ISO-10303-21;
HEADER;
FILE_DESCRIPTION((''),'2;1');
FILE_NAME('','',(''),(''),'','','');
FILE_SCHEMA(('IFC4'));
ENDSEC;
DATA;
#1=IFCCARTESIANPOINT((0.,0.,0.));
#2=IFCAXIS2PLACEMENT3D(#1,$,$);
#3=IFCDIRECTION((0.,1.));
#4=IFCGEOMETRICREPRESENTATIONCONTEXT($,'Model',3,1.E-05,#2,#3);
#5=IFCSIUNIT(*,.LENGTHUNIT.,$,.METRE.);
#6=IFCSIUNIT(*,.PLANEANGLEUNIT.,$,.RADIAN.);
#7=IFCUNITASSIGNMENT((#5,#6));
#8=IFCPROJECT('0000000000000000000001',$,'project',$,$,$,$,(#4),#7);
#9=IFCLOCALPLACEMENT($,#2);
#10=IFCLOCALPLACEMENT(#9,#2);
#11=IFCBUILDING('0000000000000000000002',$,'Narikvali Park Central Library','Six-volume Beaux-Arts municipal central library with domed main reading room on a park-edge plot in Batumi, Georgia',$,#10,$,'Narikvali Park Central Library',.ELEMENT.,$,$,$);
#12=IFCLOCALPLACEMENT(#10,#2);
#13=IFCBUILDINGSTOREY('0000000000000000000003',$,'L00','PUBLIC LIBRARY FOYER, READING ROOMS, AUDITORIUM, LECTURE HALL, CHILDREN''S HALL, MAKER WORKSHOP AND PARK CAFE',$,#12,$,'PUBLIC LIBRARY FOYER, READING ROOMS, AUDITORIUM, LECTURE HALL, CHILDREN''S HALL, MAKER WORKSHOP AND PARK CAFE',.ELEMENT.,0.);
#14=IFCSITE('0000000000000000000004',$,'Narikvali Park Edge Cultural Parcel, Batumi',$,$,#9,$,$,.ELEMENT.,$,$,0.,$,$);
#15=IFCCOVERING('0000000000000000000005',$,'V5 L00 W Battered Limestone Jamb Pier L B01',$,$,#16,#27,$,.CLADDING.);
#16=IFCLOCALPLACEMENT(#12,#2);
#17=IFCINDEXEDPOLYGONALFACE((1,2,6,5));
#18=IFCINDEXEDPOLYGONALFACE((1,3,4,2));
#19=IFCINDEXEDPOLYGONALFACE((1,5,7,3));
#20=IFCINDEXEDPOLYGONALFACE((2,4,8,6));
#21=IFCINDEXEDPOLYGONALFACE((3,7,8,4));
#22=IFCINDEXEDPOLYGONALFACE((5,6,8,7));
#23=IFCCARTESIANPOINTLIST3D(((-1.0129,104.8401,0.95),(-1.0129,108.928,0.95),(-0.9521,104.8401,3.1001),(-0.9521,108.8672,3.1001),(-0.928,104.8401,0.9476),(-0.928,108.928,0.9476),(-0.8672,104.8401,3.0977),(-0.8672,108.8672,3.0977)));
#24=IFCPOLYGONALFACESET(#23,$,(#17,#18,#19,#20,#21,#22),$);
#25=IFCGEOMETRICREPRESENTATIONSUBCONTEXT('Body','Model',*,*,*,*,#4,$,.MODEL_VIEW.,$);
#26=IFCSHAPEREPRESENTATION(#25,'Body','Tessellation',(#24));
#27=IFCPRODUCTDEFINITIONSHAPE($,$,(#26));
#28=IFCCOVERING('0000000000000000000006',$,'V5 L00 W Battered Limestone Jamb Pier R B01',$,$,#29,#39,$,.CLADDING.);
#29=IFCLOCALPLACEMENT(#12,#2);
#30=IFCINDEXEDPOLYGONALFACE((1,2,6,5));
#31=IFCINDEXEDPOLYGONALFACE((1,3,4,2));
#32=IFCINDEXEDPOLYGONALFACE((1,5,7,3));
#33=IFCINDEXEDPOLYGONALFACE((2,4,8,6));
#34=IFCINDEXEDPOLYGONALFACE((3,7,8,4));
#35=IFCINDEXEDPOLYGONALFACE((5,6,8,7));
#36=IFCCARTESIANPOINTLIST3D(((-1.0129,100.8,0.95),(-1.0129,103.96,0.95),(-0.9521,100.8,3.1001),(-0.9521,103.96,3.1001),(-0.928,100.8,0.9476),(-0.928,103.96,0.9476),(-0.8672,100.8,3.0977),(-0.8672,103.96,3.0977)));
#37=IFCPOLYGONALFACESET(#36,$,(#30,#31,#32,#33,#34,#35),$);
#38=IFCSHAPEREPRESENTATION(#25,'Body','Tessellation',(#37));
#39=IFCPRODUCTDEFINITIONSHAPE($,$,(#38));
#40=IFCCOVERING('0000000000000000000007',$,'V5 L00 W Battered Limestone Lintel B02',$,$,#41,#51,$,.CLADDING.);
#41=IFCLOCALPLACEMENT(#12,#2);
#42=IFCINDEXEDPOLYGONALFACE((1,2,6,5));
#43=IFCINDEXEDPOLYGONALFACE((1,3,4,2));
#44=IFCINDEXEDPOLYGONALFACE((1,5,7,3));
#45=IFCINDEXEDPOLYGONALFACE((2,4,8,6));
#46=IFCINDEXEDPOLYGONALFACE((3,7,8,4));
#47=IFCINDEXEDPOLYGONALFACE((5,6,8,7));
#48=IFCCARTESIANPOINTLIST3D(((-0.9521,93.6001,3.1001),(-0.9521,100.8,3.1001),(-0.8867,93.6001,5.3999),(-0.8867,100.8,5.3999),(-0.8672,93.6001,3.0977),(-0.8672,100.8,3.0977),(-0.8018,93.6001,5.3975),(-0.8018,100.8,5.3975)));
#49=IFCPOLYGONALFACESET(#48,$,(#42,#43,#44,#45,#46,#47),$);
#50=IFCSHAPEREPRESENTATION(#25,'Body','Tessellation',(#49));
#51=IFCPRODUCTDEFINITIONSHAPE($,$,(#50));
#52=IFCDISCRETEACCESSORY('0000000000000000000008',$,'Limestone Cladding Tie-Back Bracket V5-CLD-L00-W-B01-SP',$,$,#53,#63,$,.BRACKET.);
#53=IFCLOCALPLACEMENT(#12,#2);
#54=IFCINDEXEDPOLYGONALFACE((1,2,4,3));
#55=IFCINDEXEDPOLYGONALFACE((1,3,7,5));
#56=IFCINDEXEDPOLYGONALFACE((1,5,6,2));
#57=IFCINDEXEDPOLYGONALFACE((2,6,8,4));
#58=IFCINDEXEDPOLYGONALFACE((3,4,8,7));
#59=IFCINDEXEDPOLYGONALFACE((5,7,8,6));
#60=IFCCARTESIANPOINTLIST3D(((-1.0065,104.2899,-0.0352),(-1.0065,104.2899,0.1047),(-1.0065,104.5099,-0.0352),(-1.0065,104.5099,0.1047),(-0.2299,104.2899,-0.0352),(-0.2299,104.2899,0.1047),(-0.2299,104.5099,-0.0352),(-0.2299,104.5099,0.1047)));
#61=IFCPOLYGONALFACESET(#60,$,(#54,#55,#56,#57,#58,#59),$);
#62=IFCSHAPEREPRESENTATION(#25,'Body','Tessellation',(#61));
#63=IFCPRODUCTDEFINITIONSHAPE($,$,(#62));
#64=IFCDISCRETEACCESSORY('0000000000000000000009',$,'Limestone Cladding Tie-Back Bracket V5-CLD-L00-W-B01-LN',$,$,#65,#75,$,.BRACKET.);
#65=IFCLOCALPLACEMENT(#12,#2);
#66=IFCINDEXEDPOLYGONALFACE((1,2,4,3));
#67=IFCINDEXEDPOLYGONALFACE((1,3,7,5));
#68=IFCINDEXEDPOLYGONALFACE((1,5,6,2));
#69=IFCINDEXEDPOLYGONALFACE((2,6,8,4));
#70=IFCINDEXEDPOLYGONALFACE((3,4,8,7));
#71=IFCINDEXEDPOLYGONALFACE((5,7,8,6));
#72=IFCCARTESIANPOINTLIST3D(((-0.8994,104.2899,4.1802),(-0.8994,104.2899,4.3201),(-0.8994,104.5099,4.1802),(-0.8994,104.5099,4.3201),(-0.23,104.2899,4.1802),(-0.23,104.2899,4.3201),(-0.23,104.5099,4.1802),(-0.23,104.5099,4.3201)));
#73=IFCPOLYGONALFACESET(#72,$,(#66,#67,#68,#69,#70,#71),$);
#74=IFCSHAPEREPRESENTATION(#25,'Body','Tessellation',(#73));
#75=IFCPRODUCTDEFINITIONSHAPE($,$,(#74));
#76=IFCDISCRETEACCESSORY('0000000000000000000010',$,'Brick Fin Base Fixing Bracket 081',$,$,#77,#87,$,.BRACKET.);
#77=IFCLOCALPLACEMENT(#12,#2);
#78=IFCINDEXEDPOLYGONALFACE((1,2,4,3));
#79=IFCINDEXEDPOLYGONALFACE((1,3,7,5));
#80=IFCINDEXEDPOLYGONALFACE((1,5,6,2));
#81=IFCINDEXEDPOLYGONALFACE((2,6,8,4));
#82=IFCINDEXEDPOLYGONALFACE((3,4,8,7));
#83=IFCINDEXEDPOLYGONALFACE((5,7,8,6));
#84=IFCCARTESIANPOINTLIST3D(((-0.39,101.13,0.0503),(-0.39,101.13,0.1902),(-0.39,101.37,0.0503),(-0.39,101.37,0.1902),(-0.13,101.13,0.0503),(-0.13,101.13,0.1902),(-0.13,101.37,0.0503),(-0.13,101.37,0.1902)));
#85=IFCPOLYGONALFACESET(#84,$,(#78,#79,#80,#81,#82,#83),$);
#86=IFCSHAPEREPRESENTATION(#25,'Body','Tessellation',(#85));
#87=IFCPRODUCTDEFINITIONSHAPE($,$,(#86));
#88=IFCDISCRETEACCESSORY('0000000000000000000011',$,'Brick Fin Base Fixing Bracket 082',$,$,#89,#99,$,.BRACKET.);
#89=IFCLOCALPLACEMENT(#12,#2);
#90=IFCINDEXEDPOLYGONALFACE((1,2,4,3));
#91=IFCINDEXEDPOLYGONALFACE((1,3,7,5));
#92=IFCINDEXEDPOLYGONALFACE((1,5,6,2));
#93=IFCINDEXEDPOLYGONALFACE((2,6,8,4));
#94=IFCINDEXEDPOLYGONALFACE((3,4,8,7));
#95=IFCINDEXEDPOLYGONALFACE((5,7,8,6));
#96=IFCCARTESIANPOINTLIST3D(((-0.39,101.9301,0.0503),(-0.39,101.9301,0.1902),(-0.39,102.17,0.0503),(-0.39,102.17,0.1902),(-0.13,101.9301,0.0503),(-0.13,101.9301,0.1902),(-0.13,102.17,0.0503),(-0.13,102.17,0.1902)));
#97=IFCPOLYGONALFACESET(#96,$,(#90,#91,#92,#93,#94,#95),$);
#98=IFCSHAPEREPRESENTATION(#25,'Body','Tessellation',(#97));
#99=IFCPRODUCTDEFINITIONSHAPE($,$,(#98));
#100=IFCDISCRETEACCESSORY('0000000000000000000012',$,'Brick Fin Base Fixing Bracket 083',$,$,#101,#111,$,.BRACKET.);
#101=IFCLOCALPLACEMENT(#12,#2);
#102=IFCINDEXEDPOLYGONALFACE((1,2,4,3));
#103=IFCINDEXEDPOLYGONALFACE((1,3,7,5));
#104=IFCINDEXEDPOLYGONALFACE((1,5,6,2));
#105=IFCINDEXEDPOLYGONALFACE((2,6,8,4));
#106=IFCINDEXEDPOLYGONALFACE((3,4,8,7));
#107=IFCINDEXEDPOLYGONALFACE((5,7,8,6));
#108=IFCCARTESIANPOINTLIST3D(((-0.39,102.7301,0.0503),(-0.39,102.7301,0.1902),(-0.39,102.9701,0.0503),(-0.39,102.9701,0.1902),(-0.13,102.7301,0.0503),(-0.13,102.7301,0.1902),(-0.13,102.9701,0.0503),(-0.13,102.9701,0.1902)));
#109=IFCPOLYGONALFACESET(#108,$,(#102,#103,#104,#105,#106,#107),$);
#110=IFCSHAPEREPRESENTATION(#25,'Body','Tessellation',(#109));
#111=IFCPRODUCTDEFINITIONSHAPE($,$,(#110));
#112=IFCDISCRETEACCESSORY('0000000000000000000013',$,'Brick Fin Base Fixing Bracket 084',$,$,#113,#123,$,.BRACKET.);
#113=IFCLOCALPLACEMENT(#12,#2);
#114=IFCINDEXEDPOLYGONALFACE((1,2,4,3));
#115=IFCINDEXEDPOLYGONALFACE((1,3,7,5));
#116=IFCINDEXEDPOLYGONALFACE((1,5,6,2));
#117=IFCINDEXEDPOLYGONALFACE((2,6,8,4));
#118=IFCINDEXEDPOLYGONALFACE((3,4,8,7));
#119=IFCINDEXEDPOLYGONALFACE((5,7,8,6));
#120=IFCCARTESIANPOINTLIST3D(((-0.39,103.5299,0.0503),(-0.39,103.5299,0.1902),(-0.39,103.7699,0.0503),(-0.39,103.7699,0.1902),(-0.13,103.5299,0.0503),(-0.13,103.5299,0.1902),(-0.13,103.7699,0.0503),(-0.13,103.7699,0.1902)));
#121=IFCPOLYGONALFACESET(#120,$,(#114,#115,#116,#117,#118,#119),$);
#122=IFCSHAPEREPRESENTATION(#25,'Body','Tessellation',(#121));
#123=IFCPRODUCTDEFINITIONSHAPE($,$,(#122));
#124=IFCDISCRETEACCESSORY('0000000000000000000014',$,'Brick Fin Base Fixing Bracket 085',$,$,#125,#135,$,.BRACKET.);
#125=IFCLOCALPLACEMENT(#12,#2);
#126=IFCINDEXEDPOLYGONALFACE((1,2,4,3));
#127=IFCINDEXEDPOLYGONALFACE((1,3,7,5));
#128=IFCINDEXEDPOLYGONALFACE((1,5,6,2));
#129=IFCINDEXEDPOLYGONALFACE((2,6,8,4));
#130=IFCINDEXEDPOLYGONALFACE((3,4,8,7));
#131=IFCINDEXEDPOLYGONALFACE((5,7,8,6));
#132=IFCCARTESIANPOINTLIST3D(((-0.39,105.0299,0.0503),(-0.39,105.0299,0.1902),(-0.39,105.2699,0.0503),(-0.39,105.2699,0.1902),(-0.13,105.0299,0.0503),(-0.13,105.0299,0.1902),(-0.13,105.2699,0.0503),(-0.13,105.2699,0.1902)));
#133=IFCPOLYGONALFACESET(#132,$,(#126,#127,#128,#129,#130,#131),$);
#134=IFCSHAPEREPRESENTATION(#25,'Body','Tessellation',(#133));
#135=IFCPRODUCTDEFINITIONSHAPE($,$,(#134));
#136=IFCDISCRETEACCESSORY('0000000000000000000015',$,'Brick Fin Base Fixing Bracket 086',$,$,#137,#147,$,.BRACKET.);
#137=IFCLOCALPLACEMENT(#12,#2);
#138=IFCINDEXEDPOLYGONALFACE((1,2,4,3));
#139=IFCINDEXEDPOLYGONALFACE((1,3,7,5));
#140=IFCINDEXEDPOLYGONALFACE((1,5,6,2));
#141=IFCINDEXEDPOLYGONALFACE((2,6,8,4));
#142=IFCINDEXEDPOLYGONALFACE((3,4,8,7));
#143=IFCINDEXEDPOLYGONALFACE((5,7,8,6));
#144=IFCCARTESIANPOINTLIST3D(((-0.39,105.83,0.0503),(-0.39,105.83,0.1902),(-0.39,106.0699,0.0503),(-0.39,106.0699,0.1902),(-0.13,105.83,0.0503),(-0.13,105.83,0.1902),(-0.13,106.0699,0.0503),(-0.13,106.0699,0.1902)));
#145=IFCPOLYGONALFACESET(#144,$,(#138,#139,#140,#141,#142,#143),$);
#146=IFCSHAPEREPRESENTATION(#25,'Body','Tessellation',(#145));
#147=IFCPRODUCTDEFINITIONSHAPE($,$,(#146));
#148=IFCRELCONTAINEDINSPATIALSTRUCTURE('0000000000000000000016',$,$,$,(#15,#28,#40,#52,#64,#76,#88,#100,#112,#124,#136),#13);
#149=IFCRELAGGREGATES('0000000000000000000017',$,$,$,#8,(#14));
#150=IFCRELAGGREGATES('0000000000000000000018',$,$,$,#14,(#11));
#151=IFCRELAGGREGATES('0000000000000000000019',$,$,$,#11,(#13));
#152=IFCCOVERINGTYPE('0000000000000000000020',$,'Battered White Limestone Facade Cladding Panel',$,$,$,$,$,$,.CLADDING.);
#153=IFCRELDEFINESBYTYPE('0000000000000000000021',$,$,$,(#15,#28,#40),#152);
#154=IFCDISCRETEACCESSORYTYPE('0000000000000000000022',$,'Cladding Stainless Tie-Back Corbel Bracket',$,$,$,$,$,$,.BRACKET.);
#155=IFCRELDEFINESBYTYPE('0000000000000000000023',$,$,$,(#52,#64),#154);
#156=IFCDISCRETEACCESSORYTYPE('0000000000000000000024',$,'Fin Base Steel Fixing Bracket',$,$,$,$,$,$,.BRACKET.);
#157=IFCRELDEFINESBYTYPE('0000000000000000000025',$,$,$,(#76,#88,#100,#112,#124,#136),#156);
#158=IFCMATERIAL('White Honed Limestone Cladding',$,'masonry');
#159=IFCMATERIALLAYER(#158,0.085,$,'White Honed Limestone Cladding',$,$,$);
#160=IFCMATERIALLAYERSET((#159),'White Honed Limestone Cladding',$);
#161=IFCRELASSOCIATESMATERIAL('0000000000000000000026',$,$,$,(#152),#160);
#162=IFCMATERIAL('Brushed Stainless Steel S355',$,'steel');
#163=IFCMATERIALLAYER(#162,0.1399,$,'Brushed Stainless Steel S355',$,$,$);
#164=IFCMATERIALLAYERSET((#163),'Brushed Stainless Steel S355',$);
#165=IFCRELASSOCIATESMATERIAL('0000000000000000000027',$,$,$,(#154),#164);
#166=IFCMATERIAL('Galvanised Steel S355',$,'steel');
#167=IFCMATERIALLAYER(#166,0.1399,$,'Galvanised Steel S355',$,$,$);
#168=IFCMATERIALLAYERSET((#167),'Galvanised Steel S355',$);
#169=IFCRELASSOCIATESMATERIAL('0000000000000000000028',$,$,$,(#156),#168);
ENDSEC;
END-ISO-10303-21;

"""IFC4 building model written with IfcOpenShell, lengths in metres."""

from ifc_helpers import new_model, si_unit, direction, frame, origin, origin_2d, place, context, subcontext, project, spatial, polyline, rectangle, outline, extrude, material, layer, layer_set, type_object, element, save


model = new_model("IFC4")

# Units and contexts
model_context = context("Model", 3, precision=1e-05, world=origin(), true_north=direction((0.0, 1.0)))
body_context = subcontext(model_context, "Body", "Model", "MODEL_VIEW")
ifc_project = project(units=[si_unit("LENGTHUNIT", "METRE"), si_unit("PLANEANGLEUNIT", "RADIAN")], contexts=[model_context])

# Site, building, storey
site_placement = place(None, origin())
site = spatial("IfcSite", under=ifc_project, at=site_placement, Name="Narikvali Park Edge Cultural Parcel, Batumi", CompositionType="ELEMENT", RefElevation=0.0)
building_placement = place(site_placement, origin())
building = spatial("IfcBuilding", under=site, at=building_placement, Name="Narikvali Park Central Library", Description="Six-volume Beaux-Arts municipal central library with domed main reading room on a park-edge plot in Batumi, Georgia", LongName="Narikvali Park Central Library", CompositionType="ELEMENT")
storey_placement = place(building_placement, origin())
storey = spatial("IfcBuildingStorey", under=building, at=storey_placement, Name="L00", Description="PUBLIC LIBRARY FOYER, READING ROOMS, AUDITORIUM, LECTURE HALL, CHILDREN'S HALL, MAKER WORKSHOP AND PARK CAFE", LongName="PUBLIC LIBRARY FOYER, READING ROOMS, AUDITORIUM, LECTURE HALL, CHILDREN'S HALL, MAKER WORKSHOP AND PARK CAFE", CompositionType="ELEMENT", Elevation=0.0)

# Coverings
ifc_material_1 = material(Name="White Honed Limestone Cladding", Category="masonry")
ifc_layer_1 = layer(ifc_material_1, 0.085, Name="White Honed Limestone Cladding")
ifc_layer_set_1 = layer_set([ifc_layer_1], Name="White Honed Limestone Cladding")
covering_type = type_object("IfcCoveringType", Name="Battered White Limestone Facade Cladding Panel", PredefinedType="CLADDING", material=ifc_layer_set_1)
covering_1_placement = place(storey_placement, frame((-1.0129, 108.928, 0.95), z_axis=(-0.999601, 0.0, 0.028262), x_axis=(0.0, -1.0, 0.0)))
element("IfcCovering", 1, at=covering_1_placement, inside=storey, type_object=covering_type, Name="V5 L00 W Battered Limestone Jamb Pier L B01", PredefinedType="CLADDING", context=body_context, shape_type="SweptSolid", body=[
    extrude(outline(polyline([(0.0, 0.0), (4.0879, 0.0), (4.0879, 2.151), (0.0608, 2.151), (0.0, 0.0)])), origin(), (0.0, 0.0, -1.0), 0.085),
])
covering_2_placement = place(storey_placement, frame((-1.0129, 103.96, 0.95), z_axis=(-0.999601, 0.0, 0.028262), x_axis=(0.0, -1.0, 0.0)))
element("IfcCovering", 2, at=covering_2_placement, inside=storey, type_object=covering_type, Name="V5 L00 W Battered Limestone Jamb Pier R B01", PredefinedType="CLADDING", context=body_context, shape_type="SweptSolid", body=[
    extrude(outline(polyline([(0.0, 0.0), (3.1599, 0.0), (3.1599, 2.151), (0.0, 2.151), (0.0, 0.0)])), origin(), (0.0, 0.0, -1.0), 0.085),
])
covering_3_placement = place(storey_placement, frame((-0.9521, 100.8, 3.1001), z_axis=(-0.999596, 0.0, 0.028439), x_axis=(0.0, -1.0, 0.0)))
element("IfcCovering", 3, at=covering_3_placement, inside=storey, type_object=covering_type, Name="V5 L00 W Battered Limestone Lintel B02", PredefinedType="CLADDING", context=body_context, shape_type="SweptSolid", body=[
    extrude(outline(polyline([(0.0, 0.0), (7.2, 0.0), (7.2, 2.3007), (0.0, 2.3007), (0.0, 0.0)])), origin(), (0.0, 0.0, -1.0), 0.085),
])

# Discrete accessories
ifc_material_2 = material(Name="Brushed Stainless Steel S355", Category="steel")
ifc_layer_2 = layer(ifc_material_2, 0.1399, Name="Brushed Stainless Steel S355")
ifc_layer_set_2 = layer_set([ifc_layer_2], Name="Brushed Stainless Steel S355")
discrete_accessory_type_1 = type_object("IfcDiscreteAccessoryType", Name="Cladding Stainless Tie-Back Corbel Bracket", PredefinedType="BRACKET", material=ifc_layer_set_2)
discrete_accessory_1_placement = place(storey_placement, frame((-0.6182, 104.3999, -0.0352), z_axis=(0.0, 0.0, 1.0), x_axis=(1.0, 0.0, 0.0)))
element("IfcDiscreteAccessory", 4, at=discrete_accessory_1_placement, inside=storey, type_object=discrete_accessory_type_1, Name="Limestone Cladding Tie-Back Bracket V5-CLD-L00-W-B01-SP", PredefinedType="BRACKET", context=body_context, shape_type="SweptSolid", body=[
    extrude(rectangle(XDim=0.7766, YDim=0.22, at=origin_2d()), origin(), (0.0, 0.0, 1.0), 0.1399),
])
discrete_accessory_2_placement = place(storey_placement, frame((-0.5647, 104.3999, 4.1802), z_axis=(0.0, 0.0, 1.0), x_axis=(1.0, 0.0, 0.0)))
element("IfcDiscreteAccessory", 5, at=discrete_accessory_2_placement, inside=storey, type_object=discrete_accessory_type_1, Name="Limestone Cladding Tie-Back Bracket V5-CLD-L00-W-B01-LN", PredefinedType="BRACKET", context=body_context, shape_type="SweptSolid", body=[
    extrude(rectangle(XDim=0.6694, YDim=0.22, at=origin_2d()), origin(), (0.0, 0.0, 1.0), 0.1399),
])
ifc_material_3 = material(Name="Galvanised Steel S355", Category="steel")
ifc_layer_3 = layer(ifc_material_3, 0.1399, Name="Galvanised Steel S355")
ifc_layer_set_3 = layer_set([ifc_layer_3], Name="Galvanised Steel S355")
discrete_accessory_type_2 = type_object("IfcDiscreteAccessoryType", Name="Fin Base Steel Fixing Bracket", PredefinedType="BRACKET", material=ifc_layer_set_3)
for number, where, z_axis, x_axis, name in (
    (6, (-0.26, 101.25, 0.0503), (0.0, 0.0, 1.0), (1.0, 0.0, 0.0), "Brick Fin Base Fixing Bracket 081"),
    (7, (-0.26, 102.05, 0.0503), (0.0, 0.0, 1.0), (1.0, 0.0, 0.0), "Brick Fin Base Fixing Bracket 082"),
    (8, (-0.26, 102.8501, 0.0503), (0.0, 0.0, 1.0), (1.0, 0.0, 0.0), "Brick Fin Base Fixing Bracket 083"),
    (9, (-0.26, 103.6499, 0.0503), (0.0, 0.0, 1.0), (1.0, 0.0, 0.0), "Brick Fin Base Fixing Bracket 084"),
    (10, (-0.26, 105.1499, 0.0503), (0.0, 0.0, 1.0), (1.0, 0.0, 0.0), "Brick Fin Base Fixing Bracket 085"),
    (11, (-0.26, 105.95, 0.0503), (0.0, 0.0, 1.0), (1.0, 0.0, 0.0), "Brick Fin Base Fixing Bracket 086"),
):
    element("IfcDiscreteAccessory", number, at=place(storey_placement, frame(where, z_axis=z_axis, x_axis=x_axis)), inside=storey, type_object=discrete_accessory_type_2, Name=name, PredefinedType="BRACKET", context=body_context, shape_type="SweptSolid", body=[
        extrude(rectangle(XDim=0.26, YDim=0.24, at=origin_2d()), origin(), (0.0, 0.0, 1.0), 0.1399),
    ])

save(model, "model.ifc")
